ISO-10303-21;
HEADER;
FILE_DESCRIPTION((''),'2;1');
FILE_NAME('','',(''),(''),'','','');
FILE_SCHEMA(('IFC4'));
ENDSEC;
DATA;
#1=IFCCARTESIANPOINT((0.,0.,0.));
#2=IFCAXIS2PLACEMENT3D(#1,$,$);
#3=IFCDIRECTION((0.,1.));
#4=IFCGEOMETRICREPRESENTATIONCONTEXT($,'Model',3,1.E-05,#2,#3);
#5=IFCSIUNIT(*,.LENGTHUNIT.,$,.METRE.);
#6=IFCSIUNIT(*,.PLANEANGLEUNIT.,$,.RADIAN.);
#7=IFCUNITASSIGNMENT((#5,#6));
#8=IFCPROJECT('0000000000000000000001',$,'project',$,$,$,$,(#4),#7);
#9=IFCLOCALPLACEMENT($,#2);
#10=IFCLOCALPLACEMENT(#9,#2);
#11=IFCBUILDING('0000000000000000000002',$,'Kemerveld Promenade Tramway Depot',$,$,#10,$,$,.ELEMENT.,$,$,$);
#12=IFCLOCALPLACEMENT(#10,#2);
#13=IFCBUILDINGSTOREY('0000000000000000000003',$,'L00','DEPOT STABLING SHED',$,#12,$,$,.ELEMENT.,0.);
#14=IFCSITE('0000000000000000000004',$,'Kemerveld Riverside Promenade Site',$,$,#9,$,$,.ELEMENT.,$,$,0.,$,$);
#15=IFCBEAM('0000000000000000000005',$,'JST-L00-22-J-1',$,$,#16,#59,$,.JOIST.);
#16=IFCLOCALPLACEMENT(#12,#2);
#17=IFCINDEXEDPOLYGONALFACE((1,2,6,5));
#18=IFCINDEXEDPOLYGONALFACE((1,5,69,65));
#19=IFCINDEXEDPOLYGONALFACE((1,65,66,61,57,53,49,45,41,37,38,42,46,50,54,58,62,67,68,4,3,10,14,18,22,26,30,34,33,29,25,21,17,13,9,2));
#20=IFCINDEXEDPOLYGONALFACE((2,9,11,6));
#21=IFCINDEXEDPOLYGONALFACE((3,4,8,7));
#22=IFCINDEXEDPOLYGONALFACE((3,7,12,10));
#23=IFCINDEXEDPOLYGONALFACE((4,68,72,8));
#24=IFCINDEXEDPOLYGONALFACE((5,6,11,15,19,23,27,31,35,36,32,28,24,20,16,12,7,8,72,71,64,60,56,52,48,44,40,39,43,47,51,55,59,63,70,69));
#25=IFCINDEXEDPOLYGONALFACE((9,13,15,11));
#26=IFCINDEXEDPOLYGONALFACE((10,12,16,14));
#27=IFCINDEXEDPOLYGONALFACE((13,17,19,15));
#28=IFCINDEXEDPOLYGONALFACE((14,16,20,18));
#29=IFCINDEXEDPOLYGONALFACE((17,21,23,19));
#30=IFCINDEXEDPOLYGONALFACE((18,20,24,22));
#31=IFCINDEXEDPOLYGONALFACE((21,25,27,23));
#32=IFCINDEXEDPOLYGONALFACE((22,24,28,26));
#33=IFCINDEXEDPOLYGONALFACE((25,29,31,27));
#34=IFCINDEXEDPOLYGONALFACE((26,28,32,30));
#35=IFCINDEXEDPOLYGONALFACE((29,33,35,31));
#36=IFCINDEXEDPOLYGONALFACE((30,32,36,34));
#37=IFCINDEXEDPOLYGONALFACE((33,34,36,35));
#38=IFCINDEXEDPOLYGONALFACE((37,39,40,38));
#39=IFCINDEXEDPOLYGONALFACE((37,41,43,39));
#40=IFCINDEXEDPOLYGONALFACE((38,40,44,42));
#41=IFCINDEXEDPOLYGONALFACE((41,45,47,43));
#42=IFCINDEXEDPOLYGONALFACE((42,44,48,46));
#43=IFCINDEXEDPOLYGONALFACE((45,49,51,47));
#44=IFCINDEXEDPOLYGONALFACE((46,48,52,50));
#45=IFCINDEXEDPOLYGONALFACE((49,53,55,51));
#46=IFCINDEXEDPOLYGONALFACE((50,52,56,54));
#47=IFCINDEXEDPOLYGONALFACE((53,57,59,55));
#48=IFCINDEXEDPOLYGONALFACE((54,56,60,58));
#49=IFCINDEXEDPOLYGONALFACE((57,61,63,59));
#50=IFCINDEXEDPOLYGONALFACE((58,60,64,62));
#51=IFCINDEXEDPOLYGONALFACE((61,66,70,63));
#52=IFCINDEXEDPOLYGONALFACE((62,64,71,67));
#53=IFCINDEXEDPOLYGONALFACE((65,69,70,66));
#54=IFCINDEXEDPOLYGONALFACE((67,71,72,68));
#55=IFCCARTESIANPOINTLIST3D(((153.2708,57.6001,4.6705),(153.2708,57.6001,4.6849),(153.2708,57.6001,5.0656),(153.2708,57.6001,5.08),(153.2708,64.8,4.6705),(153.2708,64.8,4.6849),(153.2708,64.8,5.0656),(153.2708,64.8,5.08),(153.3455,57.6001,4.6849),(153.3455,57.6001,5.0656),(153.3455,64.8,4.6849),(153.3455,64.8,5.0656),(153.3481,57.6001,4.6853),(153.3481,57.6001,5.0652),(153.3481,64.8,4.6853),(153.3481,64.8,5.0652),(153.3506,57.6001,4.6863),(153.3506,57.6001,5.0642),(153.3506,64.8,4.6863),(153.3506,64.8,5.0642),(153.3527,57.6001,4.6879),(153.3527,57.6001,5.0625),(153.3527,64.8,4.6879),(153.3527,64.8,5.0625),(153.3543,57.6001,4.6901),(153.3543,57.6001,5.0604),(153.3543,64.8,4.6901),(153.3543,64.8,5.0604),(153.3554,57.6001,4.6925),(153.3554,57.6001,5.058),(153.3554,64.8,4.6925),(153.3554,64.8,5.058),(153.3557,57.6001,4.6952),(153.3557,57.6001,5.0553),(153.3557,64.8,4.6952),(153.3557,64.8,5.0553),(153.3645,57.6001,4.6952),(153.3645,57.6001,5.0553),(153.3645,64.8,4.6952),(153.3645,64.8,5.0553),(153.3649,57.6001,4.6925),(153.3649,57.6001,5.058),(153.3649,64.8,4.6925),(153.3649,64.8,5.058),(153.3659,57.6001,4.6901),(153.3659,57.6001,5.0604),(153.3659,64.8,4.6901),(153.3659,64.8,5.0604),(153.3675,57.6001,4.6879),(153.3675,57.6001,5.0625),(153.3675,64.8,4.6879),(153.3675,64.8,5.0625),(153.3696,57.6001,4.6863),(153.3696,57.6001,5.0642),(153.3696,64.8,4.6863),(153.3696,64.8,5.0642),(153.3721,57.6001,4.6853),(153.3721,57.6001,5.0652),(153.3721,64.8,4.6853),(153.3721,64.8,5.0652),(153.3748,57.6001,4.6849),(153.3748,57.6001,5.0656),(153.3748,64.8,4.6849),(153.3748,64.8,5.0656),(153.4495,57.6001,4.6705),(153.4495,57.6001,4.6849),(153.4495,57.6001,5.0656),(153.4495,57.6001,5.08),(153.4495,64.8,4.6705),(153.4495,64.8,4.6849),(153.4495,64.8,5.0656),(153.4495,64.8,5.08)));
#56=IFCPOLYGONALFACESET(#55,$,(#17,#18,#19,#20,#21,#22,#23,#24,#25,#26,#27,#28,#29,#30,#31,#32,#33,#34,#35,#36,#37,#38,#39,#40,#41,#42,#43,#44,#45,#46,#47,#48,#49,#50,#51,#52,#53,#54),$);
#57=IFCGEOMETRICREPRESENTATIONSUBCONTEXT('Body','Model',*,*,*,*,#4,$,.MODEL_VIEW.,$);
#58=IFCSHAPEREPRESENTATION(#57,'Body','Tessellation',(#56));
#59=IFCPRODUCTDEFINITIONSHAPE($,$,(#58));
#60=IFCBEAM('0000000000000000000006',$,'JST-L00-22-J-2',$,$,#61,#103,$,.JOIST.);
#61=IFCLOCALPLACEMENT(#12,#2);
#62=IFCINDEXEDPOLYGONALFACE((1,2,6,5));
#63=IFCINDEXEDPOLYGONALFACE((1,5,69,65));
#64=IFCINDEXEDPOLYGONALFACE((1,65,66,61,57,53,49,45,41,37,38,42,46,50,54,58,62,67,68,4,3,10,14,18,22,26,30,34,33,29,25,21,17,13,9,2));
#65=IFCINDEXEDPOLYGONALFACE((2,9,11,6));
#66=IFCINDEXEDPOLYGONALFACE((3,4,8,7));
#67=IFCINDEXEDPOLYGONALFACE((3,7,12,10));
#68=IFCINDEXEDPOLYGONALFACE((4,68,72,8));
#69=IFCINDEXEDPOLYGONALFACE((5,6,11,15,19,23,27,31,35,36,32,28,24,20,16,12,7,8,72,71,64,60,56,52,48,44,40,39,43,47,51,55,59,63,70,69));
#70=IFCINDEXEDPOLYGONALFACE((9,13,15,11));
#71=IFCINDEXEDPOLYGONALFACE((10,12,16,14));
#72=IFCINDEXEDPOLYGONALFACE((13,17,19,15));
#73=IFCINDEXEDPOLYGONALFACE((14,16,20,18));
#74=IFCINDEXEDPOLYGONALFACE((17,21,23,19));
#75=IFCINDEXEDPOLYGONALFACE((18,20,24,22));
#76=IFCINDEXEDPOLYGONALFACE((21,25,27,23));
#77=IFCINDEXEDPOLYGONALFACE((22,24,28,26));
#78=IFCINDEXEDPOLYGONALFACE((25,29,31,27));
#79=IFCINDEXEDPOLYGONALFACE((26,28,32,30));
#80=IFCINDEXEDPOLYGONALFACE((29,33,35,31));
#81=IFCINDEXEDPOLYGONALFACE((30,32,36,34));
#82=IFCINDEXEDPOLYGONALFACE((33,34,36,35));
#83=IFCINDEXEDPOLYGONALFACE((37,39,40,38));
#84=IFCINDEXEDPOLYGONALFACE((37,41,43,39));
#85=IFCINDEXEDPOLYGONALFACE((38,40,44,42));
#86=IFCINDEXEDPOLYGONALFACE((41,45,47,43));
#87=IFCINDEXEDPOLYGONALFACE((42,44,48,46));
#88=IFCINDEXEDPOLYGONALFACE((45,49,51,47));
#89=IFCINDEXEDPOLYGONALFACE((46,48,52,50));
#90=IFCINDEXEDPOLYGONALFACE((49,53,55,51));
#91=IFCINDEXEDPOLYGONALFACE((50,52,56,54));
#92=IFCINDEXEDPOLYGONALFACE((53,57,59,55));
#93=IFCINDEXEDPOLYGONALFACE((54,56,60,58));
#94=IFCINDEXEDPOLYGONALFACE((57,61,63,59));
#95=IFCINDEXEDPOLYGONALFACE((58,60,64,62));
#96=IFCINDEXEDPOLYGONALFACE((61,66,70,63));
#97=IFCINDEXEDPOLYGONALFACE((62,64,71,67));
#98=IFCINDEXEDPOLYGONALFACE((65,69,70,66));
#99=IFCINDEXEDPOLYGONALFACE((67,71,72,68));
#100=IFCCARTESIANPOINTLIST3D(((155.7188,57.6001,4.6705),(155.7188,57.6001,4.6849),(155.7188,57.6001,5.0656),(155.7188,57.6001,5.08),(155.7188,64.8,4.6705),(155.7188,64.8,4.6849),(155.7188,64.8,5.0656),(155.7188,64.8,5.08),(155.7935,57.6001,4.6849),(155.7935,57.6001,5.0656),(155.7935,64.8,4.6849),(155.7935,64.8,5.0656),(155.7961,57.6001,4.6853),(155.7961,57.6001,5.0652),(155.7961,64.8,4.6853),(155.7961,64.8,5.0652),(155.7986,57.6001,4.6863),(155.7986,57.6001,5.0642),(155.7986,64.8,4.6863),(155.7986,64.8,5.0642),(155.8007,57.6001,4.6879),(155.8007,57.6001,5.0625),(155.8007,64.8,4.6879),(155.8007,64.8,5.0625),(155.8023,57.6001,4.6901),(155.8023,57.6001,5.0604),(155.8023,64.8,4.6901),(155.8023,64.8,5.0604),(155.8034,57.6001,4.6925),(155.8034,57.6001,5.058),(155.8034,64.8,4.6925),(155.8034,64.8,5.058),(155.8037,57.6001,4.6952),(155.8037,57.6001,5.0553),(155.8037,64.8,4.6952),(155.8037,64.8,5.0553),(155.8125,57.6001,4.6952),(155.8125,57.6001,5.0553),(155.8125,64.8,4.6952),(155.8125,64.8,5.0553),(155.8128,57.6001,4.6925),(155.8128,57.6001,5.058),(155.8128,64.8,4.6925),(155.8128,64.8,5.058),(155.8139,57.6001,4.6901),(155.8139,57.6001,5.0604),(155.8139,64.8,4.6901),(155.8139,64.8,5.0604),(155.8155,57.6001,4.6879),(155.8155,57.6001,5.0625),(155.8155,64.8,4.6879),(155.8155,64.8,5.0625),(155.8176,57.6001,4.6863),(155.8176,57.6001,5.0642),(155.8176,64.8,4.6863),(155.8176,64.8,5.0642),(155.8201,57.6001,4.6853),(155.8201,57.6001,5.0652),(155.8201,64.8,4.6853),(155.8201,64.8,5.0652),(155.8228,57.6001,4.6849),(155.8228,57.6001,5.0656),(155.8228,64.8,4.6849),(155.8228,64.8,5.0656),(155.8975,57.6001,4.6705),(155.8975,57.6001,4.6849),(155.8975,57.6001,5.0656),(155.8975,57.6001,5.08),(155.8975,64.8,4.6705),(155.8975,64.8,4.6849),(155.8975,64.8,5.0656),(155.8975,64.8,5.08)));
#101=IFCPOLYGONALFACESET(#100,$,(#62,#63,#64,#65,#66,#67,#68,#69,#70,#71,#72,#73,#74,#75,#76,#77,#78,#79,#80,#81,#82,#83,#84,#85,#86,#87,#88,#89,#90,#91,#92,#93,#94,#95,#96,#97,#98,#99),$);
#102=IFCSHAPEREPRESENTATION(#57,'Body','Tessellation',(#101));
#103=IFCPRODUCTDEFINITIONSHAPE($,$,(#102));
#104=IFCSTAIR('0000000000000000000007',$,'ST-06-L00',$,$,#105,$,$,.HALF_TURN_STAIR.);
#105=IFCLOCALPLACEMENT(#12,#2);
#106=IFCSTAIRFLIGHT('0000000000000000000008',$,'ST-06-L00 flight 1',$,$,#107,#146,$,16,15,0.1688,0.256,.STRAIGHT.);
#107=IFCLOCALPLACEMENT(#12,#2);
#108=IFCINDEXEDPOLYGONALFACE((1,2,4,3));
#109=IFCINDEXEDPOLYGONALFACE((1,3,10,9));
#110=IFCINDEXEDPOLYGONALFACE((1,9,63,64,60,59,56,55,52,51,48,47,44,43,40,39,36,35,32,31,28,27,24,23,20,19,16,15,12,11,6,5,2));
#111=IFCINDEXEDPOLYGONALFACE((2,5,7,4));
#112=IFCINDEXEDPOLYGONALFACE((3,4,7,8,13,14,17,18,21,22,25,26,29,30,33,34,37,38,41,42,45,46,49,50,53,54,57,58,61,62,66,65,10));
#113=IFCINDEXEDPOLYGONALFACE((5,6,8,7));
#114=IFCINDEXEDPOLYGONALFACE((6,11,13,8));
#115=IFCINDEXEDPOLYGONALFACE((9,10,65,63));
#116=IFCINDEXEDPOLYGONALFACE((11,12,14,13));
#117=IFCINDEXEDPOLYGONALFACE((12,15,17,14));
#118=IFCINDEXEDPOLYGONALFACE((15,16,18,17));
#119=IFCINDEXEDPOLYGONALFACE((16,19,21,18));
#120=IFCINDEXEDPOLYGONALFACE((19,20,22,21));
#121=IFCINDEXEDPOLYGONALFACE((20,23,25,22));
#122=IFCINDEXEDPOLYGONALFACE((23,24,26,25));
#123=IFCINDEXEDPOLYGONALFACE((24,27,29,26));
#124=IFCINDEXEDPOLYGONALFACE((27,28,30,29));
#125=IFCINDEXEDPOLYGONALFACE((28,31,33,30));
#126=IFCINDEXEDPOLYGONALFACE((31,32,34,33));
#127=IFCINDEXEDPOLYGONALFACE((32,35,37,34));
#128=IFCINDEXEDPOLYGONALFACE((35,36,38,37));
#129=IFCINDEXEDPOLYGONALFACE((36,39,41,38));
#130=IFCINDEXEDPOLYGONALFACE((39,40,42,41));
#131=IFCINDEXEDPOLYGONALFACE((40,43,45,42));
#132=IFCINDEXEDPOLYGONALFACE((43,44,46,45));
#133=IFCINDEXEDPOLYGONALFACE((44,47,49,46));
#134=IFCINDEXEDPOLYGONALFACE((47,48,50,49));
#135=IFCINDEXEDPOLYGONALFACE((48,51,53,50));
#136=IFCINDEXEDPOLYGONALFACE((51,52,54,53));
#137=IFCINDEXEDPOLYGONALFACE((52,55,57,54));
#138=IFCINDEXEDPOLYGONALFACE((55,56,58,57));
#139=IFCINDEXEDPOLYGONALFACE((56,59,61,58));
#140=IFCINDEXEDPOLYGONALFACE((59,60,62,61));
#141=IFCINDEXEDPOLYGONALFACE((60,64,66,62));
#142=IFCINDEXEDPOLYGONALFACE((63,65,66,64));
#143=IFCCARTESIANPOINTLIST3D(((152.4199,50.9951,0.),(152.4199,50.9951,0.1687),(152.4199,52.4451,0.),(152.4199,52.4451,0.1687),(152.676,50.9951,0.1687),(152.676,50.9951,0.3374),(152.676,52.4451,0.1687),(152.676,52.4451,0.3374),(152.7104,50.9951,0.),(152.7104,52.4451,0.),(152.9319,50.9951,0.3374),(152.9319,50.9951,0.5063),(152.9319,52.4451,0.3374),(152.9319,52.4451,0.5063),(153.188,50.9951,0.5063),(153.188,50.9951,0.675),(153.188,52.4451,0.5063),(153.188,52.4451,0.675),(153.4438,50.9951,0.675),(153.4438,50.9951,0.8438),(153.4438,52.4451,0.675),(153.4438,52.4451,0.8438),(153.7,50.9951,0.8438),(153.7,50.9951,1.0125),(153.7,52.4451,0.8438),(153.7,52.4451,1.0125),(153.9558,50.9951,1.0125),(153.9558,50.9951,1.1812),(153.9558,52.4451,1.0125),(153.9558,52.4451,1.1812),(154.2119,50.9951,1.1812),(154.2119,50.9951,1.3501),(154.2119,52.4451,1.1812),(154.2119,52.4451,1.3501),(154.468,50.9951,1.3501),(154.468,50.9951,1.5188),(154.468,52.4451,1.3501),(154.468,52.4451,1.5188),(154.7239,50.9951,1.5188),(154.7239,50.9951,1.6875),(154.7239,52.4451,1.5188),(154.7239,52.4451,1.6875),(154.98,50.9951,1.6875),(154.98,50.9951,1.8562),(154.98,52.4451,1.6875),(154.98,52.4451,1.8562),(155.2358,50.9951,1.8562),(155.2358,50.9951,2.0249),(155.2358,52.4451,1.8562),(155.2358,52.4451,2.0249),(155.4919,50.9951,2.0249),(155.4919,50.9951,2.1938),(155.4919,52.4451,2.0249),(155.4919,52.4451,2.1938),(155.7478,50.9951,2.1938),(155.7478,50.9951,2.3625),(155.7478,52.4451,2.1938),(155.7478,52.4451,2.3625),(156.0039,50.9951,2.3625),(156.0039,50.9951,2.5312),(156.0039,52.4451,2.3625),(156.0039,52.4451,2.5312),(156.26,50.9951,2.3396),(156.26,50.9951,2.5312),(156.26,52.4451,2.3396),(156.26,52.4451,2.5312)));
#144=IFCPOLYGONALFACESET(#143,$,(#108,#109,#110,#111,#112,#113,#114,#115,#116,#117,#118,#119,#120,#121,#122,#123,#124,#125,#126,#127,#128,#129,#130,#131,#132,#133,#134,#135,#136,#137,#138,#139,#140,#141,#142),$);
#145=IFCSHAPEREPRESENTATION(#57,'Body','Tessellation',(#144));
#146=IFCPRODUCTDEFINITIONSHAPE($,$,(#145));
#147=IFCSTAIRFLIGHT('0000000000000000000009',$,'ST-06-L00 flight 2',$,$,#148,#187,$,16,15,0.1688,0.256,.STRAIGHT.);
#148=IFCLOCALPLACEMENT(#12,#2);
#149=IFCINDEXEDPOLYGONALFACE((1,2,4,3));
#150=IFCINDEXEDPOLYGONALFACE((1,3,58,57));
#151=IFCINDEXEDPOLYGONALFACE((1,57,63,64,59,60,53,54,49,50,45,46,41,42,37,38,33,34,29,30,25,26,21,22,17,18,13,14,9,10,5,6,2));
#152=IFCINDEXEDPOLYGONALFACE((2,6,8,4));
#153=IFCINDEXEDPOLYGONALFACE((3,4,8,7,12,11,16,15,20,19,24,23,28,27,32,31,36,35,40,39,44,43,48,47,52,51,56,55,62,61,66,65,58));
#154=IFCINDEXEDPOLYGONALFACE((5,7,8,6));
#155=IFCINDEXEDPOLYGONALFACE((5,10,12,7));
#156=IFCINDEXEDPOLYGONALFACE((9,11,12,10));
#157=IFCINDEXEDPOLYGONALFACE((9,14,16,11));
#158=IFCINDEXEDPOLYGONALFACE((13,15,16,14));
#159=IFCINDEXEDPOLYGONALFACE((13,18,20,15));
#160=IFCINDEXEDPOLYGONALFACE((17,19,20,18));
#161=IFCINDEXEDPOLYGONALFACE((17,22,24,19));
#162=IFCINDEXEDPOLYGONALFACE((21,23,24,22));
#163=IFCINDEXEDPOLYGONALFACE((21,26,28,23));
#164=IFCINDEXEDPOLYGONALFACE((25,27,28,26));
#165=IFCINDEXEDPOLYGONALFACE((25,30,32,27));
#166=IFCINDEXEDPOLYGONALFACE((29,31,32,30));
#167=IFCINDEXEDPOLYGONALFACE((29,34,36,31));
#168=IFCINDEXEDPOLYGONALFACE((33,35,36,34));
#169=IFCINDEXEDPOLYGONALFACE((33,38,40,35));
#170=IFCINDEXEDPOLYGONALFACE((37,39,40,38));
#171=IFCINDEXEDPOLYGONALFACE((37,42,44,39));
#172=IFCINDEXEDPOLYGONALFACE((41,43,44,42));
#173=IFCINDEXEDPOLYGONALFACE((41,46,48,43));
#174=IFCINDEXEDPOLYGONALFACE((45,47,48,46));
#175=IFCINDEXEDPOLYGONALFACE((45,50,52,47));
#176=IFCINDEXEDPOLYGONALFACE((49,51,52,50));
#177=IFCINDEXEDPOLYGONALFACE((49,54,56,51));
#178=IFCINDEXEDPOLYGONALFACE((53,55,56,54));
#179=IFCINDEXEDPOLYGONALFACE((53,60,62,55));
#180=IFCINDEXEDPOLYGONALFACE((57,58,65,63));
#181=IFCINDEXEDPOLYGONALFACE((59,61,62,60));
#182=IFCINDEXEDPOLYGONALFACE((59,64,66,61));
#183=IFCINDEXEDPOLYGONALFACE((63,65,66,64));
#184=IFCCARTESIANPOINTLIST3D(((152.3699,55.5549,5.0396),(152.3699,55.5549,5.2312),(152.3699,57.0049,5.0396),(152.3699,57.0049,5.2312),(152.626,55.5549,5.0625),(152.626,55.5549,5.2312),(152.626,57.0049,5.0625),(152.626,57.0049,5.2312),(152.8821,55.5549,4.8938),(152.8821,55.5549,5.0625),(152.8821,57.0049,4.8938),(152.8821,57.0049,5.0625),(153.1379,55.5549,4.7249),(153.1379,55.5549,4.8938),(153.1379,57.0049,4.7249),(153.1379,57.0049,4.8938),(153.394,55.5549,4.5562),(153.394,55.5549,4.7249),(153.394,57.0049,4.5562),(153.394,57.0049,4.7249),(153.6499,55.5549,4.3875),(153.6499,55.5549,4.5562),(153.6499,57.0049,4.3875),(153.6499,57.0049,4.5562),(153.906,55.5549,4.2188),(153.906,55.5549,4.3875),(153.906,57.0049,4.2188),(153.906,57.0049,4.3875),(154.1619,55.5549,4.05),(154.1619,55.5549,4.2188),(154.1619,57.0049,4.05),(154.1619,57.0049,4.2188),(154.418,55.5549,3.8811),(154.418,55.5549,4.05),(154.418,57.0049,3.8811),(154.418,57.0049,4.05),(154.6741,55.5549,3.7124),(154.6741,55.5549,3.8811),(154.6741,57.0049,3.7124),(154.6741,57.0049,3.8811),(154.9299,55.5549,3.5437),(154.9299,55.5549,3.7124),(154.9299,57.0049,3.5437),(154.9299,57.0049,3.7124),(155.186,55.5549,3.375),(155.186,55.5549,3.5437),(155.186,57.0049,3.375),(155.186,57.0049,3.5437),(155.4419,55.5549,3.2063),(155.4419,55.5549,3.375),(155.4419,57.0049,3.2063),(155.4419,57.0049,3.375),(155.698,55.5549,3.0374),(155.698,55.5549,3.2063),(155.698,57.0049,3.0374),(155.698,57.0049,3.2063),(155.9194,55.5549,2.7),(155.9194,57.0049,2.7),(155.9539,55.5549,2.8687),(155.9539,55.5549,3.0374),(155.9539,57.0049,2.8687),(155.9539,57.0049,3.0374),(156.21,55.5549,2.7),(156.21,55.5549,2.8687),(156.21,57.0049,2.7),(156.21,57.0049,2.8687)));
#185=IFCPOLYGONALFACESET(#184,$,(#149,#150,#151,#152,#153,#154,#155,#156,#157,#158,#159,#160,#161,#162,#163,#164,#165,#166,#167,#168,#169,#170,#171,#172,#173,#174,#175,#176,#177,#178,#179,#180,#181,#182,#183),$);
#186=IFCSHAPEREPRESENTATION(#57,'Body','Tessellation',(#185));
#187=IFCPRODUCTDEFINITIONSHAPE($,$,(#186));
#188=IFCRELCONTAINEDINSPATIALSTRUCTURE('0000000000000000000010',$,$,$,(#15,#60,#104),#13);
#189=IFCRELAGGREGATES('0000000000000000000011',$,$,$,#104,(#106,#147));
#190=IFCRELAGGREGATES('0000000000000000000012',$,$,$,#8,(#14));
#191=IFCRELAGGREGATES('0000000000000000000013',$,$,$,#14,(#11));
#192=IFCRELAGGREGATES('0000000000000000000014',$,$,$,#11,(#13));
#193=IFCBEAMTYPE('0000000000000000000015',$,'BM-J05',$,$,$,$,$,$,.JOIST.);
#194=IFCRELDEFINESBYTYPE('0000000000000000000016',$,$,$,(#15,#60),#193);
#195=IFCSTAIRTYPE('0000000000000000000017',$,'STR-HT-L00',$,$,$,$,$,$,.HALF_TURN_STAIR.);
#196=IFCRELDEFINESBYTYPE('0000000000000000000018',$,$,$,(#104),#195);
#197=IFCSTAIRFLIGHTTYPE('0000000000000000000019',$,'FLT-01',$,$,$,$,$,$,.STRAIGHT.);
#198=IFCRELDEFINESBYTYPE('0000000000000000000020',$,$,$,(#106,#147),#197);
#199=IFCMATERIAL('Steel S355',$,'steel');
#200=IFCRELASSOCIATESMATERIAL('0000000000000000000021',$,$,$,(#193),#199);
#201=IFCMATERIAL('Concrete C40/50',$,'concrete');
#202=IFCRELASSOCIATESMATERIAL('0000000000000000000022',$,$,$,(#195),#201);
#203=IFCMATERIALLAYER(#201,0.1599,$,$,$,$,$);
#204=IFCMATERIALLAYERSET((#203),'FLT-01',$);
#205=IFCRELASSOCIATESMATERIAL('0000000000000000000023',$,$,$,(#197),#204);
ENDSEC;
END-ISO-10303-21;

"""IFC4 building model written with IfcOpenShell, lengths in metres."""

from ifc_helpers import new_model, si_unit, direction, frame, origin, origin_2d, place, context, subcontext, project, spatial, polyline, i_section, outline, extrude, material, layer, layer_set, material_profile, profile_set, type_object, element, aggregate, save


model = new_model("IFC4")

# Units and contexts
model_context = context("Model", 3, precision=1e-05, world=origin(), true_north=direction((0.0, 1.0)))
body_context = subcontext(model_context, "Body", "Model", "MODEL_VIEW")
ifc_project = project(units=[si_unit("LENGTHUNIT", "METRE"), si_unit("PLANEANGLEUNIT", "RADIAN")], contexts=[model_context])

# Site, building, storey
site_placement = place(None, origin())
site = spatial("IfcSite", under=ifc_project, at=site_placement, Name="Kemerveld Riverside Promenade Site", CompositionType="ELEMENT", RefElevation=0.0)
building_placement = place(site_placement, origin())
building = spatial("IfcBuilding", under=site, at=building_placement, Name="Kemerveld Promenade Tramway Depot", CompositionType="ELEMENT")
storey_placement = place(building_placement, origin())
storey = spatial("IfcBuildingStorey", under=building, at=storey_placement, Name="L00", Description="DEPOT STABLING SHED", CompositionType="ELEMENT", Elevation=0.0)

# Shared definitions
ifc_material_1 = material(Name="Concrete C40/50", Category="concrete")

# Beams
ifc_material_2 = material(Name="Steel S355", Category="steel")
ifc_material_profile_1 = material_profile(ifc_material_2, i_section(OverallWidth=0.1787, OverallDepth=0.4094, WebThickness=0.0088, FlangeThickness=0.0144, FilletRadius=0.0103, at=origin_2d()), Name="406x178x67 UB")
ifc_profile_set_1 = profile_set([ifc_material_profile_1], Name="Steel S355")
beam_type_1 = type_object("IfcBeamType", Name="BM-J05", PredefinedType="JOIST", material=ifc_profile_set_1)
for number, where, z_axis, x_axis, name in (
    (1, (153.3601, 57.6001, 4.8752), (0.0, 1.0, 0.0), (-1.0, 0.0, 0.0), "JST-L00-22-J-1"),
    (2, (155.8081, 57.6001, 4.8752), (0.0, 1.0, 0.0), (-1.0, 0.0, 0.0), "JST-L00-22-J-2"),
):
    element("IfcBeam", number, at=place(storey_placement, frame(where, z_axis=z_axis, x_axis=x_axis)), inside=storey, type_object=beam_type_1, Name=name, PredefinedType="JOIST", context=body_context, shape_type="SweptSolid", body=[
        extrude(i_section(OverallWidth=0.1787, OverallDepth=0.4094, WebThickness=0.0088, FlangeThickness=0.0144, FilletRadius=0.0103, at=origin_2d()), origin(), (0.0, 0.0, 1.0), 7.2),
    ])

# Stair, stair flights
stair_type = type_object("IfcStairType", Name="STR-HT-L00", PredefinedType="HALF_TURN_STAIR", material=ifc_material_1)
stair_placement = place(storey_placement, origin())
stair = element("IfcStair", 3, at=stair_placement, inside=storey, type_object=stair_type, Name="ST-06-L00", PredefinedType="HALF_TURN_STAIR")
ifc_layer_1 = layer(ifc_material_1, 0.1599)
ifc_layer_set_1 = layer_set([ifc_layer_1], Name="FLT-01")
stair_flight_type = type_object("IfcStairFlightType", Name="FLT-01", PredefinedType="STRAIGHT", material=ifc_layer_set_1)
stair_flight_1_placement = place(storey_placement, frame((152.4199, 51.72, 0.0), z_axis=(0.0, 0.0, 1.0), x_axis=(1.0, 0.0, 0.0)))
stair_flight_1 = element("IfcStairFlight", 4, at=stair_flight_1_placement, type_object=stair_flight_type, Name="ST-06-L00 flight 1", NumberOfRisers=16, NumberOfTreads=15, PredefinedType="STRAIGHT", RiserHeight=0.1688, TreadLength=0.256, context=body_context, shape_type="SweptSolid", body=[
    extrude(outline(polyline([(0.0, 0.0), (0.0, 0.1687), (0.2561, 0.1687), (0.2561, 0.3374), (0.512, 0.3374), (0.512, 0.5063), (0.7681, 0.5063), (0.7681, 0.675), (1.0239, 0.675), (1.0239, 0.8438), (1.28, 0.8438), (1.28, 1.0125), (1.5359, 1.0125), (1.5359, 1.1812), (1.792, 1.1812), (1.792, 1.3501), (2.0481, 1.3501), (2.0481, 1.5188), (2.304, 1.5188), (2.304, 1.6875), (2.5601, 1.6875), (2.5601, 1.8562), (2.8159, 1.8562), (2.8159, 2.0249), (3.072, 2.0249), (3.072, 2.1938), (3.3279, 2.1938), (3.3279, 2.3625), (3.584, 2.3625), (3.584, 2.5312), (3.8401, 2.5312), (3.8401, 2.7), (3.8401, 2.3396), (0.2905, 0.0), (0.0, 0.0)])), frame((0.0, 0.7251, 0.0), z_axis=(0.0, -1.0, 0.0), x_axis=(1.0, 0.0, 0.0)), (0.0, 0.0, 1.0), 1.45),
])
stair_flight_2_placement = place(storey_placement, frame((156.21, 56.28, 2.7), z_axis=(0.0, 0.0, 1.0), x_axis=(-1.0, 0.0, 0.0)))
stair_flight_2 = element("IfcStairFlight", 5, at=stair_flight_2_placement, type_object=stair_flight_type, Name="ST-06-L00 flight 2", NumberOfRisers=16, NumberOfTreads=15, PredefinedType="STRAIGHT", RiserHeight=0.1688, TreadLength=0.256, context=body_context, shape_type="SweptSolid", body=[
    extrude(outline(polyline([(0.0, 0.0), (0.0, 0.1687), (0.2561, 0.1687), (0.2561, 0.3374), (0.512, 0.3374), (0.512, 0.5063), (0.7681, 0.5063), (0.7681, 0.675), (1.0239, 0.675), (1.0239, 0.8438), (1.28, 0.8438), (1.28, 1.0125), (1.5359, 1.0125), (1.5359, 1.1812), (1.792, 1.1812), (1.792, 1.3501), (2.0481, 1.3501), (2.0481, 1.5188), (2.304, 1.5188), (2.304, 1.6875), (2.5601, 1.6875), (2.5601, 1.8562), (2.8159, 1.8562), (2.8159, 2.0249), (3.072, 2.0249), (3.072, 2.1938), (3.3279, 2.1938), (3.3279, 2.3625), (3.584, 2.3625), (3.584, 2.5312), (3.8401, 2.5312), (3.8401, 2.7), (3.8401, 2.3396), (0.2905, 0.0), (0.0, 0.0)])), frame((0.0, 0.7251, 0.0), z_axis=(0.0, -1.0, 0.0), x_axis=(1.0, 0.0, 0.0)), (0.0, 0.0, 1.0), 1.45),
])
aggregate(stair, [stair_flight_1, stair_flight_2])

save(model, "model.ifc")
